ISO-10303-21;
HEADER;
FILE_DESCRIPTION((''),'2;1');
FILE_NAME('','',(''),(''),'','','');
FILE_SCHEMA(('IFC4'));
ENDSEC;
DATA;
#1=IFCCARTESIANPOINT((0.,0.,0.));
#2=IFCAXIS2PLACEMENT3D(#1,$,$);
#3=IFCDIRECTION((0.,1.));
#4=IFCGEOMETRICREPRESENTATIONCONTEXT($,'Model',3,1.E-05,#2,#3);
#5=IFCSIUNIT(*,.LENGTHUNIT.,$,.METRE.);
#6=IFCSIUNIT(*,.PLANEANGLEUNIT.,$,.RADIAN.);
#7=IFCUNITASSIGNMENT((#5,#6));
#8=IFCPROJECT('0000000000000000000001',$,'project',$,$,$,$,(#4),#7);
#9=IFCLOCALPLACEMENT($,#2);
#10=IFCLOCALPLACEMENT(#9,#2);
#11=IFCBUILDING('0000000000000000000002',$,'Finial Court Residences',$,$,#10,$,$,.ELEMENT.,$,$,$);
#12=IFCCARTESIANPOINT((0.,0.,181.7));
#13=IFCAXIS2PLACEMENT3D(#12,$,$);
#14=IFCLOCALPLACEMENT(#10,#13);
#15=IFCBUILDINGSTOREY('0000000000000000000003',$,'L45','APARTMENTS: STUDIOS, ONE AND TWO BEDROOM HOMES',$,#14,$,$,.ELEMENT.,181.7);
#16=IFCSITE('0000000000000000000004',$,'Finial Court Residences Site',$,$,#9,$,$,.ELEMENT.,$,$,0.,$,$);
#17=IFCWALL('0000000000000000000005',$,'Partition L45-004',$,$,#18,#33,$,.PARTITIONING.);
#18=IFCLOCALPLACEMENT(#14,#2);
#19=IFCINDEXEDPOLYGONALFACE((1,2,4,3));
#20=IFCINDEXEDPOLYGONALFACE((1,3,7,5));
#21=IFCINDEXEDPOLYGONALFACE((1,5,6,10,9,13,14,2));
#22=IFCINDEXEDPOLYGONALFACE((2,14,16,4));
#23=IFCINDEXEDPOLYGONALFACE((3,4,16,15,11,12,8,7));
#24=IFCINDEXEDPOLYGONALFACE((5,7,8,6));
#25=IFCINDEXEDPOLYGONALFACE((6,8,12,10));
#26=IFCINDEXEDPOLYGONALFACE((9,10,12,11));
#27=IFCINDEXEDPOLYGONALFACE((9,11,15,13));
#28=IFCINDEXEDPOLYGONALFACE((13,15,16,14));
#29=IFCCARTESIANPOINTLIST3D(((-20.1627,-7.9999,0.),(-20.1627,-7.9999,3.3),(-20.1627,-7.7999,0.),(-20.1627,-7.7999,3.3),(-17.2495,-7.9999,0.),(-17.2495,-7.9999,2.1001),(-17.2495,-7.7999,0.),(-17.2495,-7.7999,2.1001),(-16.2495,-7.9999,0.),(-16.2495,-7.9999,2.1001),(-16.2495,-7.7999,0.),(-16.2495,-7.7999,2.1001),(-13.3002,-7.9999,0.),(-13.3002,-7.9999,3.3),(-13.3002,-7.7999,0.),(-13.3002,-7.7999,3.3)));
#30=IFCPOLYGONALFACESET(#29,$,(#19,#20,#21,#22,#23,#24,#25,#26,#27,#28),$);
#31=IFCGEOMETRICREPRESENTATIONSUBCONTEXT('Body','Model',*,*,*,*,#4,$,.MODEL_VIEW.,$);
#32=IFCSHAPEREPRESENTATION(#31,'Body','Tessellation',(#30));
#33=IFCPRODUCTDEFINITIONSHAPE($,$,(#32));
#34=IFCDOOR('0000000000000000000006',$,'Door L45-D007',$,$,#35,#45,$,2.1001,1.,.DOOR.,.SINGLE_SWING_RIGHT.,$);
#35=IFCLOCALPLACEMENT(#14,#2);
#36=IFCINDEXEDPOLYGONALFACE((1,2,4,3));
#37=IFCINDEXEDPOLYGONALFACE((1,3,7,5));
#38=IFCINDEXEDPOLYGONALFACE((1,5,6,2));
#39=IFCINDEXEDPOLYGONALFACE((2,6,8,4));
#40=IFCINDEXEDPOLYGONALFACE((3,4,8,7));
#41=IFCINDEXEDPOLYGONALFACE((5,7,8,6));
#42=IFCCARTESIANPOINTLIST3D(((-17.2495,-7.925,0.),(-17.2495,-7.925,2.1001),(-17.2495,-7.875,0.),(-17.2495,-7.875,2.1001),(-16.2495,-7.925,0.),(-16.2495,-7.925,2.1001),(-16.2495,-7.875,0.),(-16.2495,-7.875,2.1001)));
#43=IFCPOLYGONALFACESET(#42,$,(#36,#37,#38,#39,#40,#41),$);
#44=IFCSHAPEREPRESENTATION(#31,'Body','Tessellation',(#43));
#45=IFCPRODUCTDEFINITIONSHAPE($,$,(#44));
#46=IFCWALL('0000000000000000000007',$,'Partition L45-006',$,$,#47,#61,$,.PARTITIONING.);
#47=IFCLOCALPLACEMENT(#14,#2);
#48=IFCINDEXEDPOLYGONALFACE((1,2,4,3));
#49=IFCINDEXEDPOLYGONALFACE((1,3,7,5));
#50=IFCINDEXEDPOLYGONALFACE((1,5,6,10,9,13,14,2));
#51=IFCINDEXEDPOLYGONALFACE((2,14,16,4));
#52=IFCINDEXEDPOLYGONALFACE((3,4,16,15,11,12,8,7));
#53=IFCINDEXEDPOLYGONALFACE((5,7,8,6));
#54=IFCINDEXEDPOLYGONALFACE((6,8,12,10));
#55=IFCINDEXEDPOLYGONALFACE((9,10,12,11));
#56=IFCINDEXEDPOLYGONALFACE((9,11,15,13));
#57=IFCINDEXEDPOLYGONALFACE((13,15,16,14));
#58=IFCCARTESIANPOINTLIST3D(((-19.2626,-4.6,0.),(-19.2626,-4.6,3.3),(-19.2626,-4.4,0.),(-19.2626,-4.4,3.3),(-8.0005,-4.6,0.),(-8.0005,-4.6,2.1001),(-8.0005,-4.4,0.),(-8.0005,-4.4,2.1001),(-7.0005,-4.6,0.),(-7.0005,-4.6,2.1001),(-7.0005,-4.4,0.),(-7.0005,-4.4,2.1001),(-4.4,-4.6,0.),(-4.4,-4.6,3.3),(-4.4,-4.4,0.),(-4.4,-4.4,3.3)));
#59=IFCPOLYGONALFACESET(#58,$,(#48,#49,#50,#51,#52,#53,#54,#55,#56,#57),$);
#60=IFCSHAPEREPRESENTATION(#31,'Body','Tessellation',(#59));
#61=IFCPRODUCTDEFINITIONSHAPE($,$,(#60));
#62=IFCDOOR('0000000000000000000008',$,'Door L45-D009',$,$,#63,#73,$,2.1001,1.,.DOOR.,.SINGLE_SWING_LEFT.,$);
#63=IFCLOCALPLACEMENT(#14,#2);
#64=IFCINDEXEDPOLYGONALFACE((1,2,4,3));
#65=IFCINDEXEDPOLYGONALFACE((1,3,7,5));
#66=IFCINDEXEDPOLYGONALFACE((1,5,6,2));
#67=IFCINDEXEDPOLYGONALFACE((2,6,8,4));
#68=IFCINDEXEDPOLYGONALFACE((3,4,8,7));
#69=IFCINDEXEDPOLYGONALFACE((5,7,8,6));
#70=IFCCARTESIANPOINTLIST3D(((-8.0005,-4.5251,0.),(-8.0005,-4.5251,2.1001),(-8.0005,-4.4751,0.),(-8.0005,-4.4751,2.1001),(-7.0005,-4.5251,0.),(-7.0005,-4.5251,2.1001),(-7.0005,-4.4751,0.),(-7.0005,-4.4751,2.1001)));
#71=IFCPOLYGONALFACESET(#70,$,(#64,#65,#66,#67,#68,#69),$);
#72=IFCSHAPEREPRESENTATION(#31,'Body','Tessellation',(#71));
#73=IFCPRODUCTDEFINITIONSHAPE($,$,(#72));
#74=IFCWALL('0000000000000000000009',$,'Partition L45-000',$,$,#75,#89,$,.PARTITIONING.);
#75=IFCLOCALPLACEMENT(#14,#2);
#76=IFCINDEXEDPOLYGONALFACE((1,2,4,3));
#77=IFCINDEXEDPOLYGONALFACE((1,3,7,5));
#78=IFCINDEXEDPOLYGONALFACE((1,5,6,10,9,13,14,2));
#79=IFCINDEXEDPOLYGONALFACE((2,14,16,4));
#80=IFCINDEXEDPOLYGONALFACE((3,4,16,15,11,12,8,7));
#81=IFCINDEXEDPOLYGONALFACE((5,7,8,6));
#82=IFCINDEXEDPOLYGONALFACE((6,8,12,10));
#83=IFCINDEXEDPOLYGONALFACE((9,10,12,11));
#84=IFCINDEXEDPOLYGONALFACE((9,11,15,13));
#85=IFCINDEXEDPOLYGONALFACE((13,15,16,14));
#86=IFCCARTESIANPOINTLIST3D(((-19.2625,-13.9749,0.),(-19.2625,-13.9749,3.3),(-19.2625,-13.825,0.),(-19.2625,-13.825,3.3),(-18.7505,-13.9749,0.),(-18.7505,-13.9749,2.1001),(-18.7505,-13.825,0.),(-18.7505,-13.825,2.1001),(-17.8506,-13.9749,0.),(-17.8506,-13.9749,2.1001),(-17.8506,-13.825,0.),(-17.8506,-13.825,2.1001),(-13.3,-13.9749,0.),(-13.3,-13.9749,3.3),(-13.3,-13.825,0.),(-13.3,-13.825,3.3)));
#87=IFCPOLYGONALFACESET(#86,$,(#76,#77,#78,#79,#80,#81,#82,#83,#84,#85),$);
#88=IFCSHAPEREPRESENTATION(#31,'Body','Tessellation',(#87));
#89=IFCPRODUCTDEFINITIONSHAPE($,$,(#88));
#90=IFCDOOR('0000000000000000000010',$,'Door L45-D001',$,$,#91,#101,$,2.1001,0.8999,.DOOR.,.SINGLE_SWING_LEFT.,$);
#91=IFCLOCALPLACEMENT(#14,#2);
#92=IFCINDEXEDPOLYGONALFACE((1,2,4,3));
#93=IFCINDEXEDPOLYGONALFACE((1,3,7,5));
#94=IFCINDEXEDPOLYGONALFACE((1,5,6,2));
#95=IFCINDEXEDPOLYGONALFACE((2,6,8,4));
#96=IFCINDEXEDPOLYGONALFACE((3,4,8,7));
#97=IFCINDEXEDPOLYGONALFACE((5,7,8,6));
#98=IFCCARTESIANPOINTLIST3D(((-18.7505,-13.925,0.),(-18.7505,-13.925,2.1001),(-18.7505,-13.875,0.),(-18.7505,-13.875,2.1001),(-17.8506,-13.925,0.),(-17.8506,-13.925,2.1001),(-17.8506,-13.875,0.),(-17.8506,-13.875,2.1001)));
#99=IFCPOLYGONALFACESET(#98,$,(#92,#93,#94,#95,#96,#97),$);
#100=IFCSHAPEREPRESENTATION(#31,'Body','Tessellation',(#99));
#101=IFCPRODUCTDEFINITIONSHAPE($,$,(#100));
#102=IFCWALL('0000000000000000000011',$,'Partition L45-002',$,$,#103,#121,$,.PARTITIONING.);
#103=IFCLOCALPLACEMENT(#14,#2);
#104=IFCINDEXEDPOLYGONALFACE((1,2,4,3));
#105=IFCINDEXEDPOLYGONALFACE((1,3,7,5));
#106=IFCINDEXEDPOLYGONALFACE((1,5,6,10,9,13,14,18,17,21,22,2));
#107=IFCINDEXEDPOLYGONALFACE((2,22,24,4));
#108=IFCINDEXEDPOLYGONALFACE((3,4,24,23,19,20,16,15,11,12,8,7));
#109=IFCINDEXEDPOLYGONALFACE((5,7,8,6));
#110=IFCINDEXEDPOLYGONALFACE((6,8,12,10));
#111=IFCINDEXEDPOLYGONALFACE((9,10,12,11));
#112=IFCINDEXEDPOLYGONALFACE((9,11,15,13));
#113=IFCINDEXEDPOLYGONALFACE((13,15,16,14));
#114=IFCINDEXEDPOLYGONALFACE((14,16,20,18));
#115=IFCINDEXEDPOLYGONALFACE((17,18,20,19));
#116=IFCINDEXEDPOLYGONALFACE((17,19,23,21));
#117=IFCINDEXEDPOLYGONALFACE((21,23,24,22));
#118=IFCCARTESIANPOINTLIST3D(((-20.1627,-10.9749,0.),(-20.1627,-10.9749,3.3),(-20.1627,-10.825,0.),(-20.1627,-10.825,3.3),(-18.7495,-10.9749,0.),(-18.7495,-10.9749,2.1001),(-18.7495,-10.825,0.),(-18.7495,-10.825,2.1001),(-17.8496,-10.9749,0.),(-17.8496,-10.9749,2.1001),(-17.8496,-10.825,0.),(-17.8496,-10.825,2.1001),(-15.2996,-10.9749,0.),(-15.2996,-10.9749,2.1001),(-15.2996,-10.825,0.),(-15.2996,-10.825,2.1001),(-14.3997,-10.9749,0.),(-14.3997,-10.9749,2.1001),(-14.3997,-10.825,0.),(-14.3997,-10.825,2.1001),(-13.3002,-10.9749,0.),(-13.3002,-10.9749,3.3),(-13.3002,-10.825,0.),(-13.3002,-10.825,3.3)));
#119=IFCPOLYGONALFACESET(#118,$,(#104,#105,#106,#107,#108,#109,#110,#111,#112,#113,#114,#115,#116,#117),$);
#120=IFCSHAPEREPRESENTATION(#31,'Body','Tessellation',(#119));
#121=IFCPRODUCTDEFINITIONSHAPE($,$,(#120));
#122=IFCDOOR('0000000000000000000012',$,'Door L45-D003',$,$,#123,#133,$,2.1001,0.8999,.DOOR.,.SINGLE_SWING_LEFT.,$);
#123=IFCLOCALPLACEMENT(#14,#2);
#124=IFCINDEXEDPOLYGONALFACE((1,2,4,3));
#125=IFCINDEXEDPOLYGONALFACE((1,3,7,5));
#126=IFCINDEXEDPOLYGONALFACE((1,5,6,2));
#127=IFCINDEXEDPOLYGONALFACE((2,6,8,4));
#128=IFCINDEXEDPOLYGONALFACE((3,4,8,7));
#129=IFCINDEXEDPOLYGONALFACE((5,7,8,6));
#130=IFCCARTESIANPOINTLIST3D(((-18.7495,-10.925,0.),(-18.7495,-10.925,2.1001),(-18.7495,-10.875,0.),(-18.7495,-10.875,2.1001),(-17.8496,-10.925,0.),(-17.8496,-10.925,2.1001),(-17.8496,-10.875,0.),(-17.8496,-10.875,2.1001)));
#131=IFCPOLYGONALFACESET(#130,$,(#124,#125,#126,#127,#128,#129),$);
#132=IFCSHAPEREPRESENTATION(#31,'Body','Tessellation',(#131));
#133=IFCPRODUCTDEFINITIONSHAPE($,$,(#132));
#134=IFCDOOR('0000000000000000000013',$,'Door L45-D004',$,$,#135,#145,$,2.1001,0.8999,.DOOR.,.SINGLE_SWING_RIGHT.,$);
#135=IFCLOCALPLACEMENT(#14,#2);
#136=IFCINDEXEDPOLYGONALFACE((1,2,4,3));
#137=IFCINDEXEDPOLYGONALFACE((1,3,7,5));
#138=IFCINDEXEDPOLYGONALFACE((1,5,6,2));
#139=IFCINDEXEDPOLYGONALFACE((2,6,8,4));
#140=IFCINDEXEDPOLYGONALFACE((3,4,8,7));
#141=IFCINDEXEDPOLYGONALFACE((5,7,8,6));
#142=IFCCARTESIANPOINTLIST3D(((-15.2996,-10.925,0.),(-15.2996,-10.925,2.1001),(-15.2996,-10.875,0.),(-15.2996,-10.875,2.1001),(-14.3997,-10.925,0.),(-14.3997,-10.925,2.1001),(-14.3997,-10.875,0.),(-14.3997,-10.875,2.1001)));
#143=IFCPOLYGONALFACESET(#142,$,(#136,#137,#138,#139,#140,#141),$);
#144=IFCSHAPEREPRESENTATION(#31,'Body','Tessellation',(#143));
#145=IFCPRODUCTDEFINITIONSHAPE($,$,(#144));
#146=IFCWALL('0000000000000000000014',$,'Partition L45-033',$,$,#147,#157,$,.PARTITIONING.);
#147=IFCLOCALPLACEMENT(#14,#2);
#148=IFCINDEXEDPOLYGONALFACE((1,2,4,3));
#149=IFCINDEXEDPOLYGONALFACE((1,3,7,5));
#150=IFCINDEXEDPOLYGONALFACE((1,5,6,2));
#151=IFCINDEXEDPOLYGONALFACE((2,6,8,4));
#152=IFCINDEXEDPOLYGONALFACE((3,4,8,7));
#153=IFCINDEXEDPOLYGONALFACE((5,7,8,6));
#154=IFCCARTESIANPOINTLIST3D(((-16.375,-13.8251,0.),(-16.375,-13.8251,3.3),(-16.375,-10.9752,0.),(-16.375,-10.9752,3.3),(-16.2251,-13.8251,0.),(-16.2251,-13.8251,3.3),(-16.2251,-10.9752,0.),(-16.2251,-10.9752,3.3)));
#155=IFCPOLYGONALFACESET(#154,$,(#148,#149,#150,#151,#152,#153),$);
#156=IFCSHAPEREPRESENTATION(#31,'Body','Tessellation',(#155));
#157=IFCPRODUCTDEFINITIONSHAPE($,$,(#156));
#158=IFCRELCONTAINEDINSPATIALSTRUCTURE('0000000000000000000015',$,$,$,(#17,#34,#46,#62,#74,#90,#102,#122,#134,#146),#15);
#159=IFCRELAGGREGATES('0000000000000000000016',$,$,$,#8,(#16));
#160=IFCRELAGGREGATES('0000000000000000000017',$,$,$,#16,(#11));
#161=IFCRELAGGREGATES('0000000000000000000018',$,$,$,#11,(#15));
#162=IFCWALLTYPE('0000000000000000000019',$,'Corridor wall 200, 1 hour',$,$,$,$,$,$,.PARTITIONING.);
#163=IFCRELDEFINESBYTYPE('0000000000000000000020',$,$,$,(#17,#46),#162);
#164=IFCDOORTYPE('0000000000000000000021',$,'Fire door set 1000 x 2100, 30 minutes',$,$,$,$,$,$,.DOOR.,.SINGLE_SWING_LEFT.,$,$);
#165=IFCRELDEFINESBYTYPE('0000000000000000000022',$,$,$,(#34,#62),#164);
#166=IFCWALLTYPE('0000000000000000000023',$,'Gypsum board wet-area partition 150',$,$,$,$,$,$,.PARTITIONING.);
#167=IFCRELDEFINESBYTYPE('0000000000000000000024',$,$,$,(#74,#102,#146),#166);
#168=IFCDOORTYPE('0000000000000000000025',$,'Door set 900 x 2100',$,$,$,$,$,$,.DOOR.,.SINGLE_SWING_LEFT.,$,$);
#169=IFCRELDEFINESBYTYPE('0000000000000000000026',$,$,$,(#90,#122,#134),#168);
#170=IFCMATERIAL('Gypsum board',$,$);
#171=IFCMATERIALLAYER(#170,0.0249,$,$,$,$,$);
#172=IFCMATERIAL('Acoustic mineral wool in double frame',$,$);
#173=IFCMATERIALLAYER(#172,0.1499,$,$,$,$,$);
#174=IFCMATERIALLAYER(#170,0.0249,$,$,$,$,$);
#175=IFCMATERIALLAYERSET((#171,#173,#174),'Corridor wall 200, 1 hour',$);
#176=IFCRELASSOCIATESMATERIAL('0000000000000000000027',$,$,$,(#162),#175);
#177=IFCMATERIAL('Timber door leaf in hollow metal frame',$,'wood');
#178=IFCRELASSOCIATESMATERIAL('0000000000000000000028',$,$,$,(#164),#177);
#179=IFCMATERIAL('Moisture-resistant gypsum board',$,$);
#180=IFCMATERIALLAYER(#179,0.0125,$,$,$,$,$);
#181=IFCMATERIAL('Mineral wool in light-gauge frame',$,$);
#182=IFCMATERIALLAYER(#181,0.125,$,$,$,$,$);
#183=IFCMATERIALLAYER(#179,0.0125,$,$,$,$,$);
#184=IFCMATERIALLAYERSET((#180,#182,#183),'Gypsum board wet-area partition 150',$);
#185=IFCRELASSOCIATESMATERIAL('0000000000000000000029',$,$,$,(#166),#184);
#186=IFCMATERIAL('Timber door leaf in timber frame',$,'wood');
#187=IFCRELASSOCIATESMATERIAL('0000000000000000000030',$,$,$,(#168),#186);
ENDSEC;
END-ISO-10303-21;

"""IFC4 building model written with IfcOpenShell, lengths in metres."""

from ifc_helpers import new_model, si_unit, direction, frame, frame_2d, origin, place, context, subcontext, project, spatial, rectangle, extrude, material, layer, layer_set, type_object, element, fill, save


model = new_model("IFC4")

# Units and contexts
model_context = context("Model", 3, precision=1e-05, world=origin(), true_north=direction((0.0, 1.0)))
body_context = subcontext(model_context, "Body", "Model", "MODEL_VIEW")
ifc_project = project(units=[si_unit("LENGTHUNIT", "METRE"), si_unit("PLANEANGLEUNIT", "RADIAN")], contexts=[model_context])

# Site, building, storey
site_placement = place(None, origin())
site = spatial("IfcSite", under=ifc_project, at=site_placement, Name="Finial Court Residences Site", CompositionType="ELEMENT", RefElevation=0.0)
building_placement = place(site_placement, origin())
building = spatial("IfcBuilding", under=site, at=building_placement, Name="Finial Court Residences", CompositionType="ELEMENT")
storey_placement = place(building_placement, frame((0.0, 0.0, 181.7)))
storey = spatial("IfcBuildingStorey", under=building, at=storey_placement, Name="L45", Description="APARTMENTS: STUDIOS, ONE AND TWO BEDROOM HOMES", CompositionType="ELEMENT", Elevation=181.7)

# Walls, openings, doors
ifc_material_1 = material(Name="Gypsum board")
ifc_layer_1 = layer(ifc_material_1, 0.0249)
ifc_material_2 = material(Name="Acoustic mineral wool in double frame")
ifc_layer_2 = layer(ifc_material_2, 0.1499)
ifc_layer_3 = layer(ifc_material_1, 0.0249)
ifc_layer_set_1 = layer_set([ifc_layer_1, ifc_layer_2, ifc_layer_3], Name="Corridor wall 200, 1 hour")
wall_type_1 = type_object("IfcWallType", Name="Corridor wall 200, 1 hour", PredefinedType="PARTITIONING", material=ifc_layer_set_1)
wall_1_placement = place(storey_placement, frame((-20.1626, -7.8999, 0.0), z_axis=(0.0, 0.0, 1.0), x_axis=(1.0, 0.0, 0.0)))
wall_1 = element("IfcWall", 1, at=wall_1_placement, inside=storey, type_object=wall_type_1, Name="Partition L45-004", PredefinedType="PARTITIONING", context=body_context, shape_type="SweptSolid", body=[
    extrude(rectangle(XDim=6.8625, YDim=0.2, at=frame_2d((3.4312, 0.0))), origin(), (0.0, 0.0, 1.0), 3.3),
])
opening_1_placement = place(wall_1_placement, frame((2.9131, 0.0, 0.0)))
opening_1 = element("IfcOpeningElement", 2, at=opening_1_placement, cuts=wall_1, PredefinedType="OPENING", context=body_context, shape_type="SweptSolid", body=[
    extrude(rectangle(XDim=1.0, YDim=2.1001, at=frame_2d((0.5, 1.05))), frame((0.0, 0.1099, 0.0), z_axis=(0.0, -1.0, 0.0), x_axis=(1.0, 0.0, 0.0)), (0.0, 0.0, 1.0), 0.22),
])
ifc_material_3 = material(Name="Timber door leaf in hollow metal frame", Category="wood")
door_type_1 = type_object("IfcDoorType", Name="Fire door set 1000 x 2100, 30 minutes", OperationType="SINGLE_SWING_LEFT", PredefinedType="DOOR", material=ifc_material_3)
door_1_placement = place(opening_1_placement, origin())
door_1 = element("IfcDoor", 3, at=door_1_placement, inside=storey, type_object=door_type_1, Name="Door L45-D007", OperationType="SINGLE_SWING_RIGHT", OverallHeight=2.1001, OverallWidth=1.0, PredefinedType="DOOR", context=body_context, shape_type="SweptSolid", body=[
    extrude(rectangle(XDim=1.0, YDim=2.1001, at=frame_2d((0.5, 1.05))), frame((0.0, 0.0249, 0.0), z_axis=(0.0, -1.0, 0.0), x_axis=(1.0, 0.0, 0.0)), (0.0, 0.0, 1.0), 0.05),
])
fill(opening_1, door_1)
wall_2_placement = place(storey_placement, frame((-19.2625, -4.5, 0.0), z_axis=(0.0, 0.0, 1.0), x_axis=(1.0, 0.0, 0.0)))
wall_2 = element("IfcWall", 4, at=wall_2_placement, inside=storey, type_object=wall_type_1, Name="Partition L45-006", PredefinedType="PARTITIONING", context=body_context, shape_type="SweptSolid", body=[
    extrude(rectangle(XDim=14.8625, YDim=0.2, at=frame_2d((7.4312, 0.0))), origin(), (0.0, 0.0, 1.0), 3.3),
])
opening_2_placement = place(wall_2_placement, frame((11.262, 0.0, 0.0)))
opening_2 = element("IfcOpeningElement", 5, at=opening_2_placement, cuts=wall_2, PredefinedType="OPENING", context=body_context, shape_type="SweptSolid", body=[
    extrude(rectangle(XDim=1.0, YDim=2.1001, at=frame_2d((0.5, 1.05))), frame((0.0, 0.1099, 0.0), z_axis=(0.0, -1.0, 0.0), x_axis=(1.0, 0.0, 0.0)), (0.0, 0.0, 1.0), 0.22),
])
door_2_placement = place(opening_2_placement, origin())
door_2 = element("IfcDoor", 6, at=door_2_placement, inside=storey, type_object=door_type_1, Name="Door L45-D009", OperationType="SINGLE_SWING_LEFT", OverallHeight=2.1001, OverallWidth=1.0, PredefinedType="DOOR", context=body_context, shape_type="SweptSolid", body=[
    extrude(rectangle(XDim=1.0, YDim=2.1001, at=frame_2d((0.5, 1.05))), frame((0.0, 0.0249, 0.0), z_axis=(0.0, -1.0, 0.0), x_axis=(1.0, 0.0, 0.0)), (0.0, 0.0, 1.0), 0.05),
])
fill(opening_2, door_2)
ifc_material_4 = material(Name="Moisture-resistant gypsum board")
ifc_layer_4 = layer(ifc_material_4, 0.0125)
ifc_material_5 = material(Name="Mineral wool in light-gauge frame")
ifc_layer_5 = layer(ifc_material_5, 0.125)
ifc_layer_6 = layer(ifc_material_4, 0.0125)
ifc_layer_set_2 = layer_set([ifc_layer_4, ifc_layer_5, ifc_layer_6], Name="Gypsum board wet-area partition 150")
wall_type_2 = type_object("IfcWallType", Name="Gypsum board wet-area partition 150", PredefinedType="PARTITIONING", material=ifc_layer_set_2)
wall_3_placement = place(storey_placement, frame((-19.2625, -13.8999, 0.0), z_axis=(0.0, 0.0, 1.0), x_axis=(1.0, 0.0, 0.0)))
wall_3 = element("IfcWall", 7, at=wall_3_placement, inside=storey, type_object=wall_type_2, Name="Partition L45-000", PredefinedType="PARTITIONING", context=body_context, shape_type="SweptSolid", body=[
    extrude(rectangle(XDim=5.9624, YDim=0.1499, at=frame_2d((2.9812, 0.0))), origin(), (0.0, 0.0, 1.0), 3.3),
])
opening_3_placement = place(wall_3_placement, frame((0.512, 0.0, 0.0)))
opening_3 = element("IfcOpeningElement", 8, at=opening_3_placement, cuts=wall_3, PredefinedType="OPENING", context=body_context, shape_type="SweptSolid", body=[
    extrude(rectangle(XDim=0.8999, YDim=2.1001, at=frame_2d((0.45, 1.05))), frame((0.0, 0.085, 0.0), z_axis=(0.0, -1.0, 0.0), x_axis=(1.0, 0.0, 0.0)), (0.0, 0.0, 1.0), 0.1699),
])
ifc_material_6 = material(Name="Timber door leaf in timber frame", Category="wood")
door_type_2 = type_object("IfcDoorType", Name="Door set 900 x 2100", OperationType="SINGLE_SWING_LEFT", PredefinedType="DOOR", material=ifc_material_6)
door_3_placement = place(opening_3_placement, origin())
door_3 = element("IfcDoor", 9, at=door_3_placement, inside=storey, type_object=door_type_2, Name="Door L45-D001", OperationType="SINGLE_SWING_LEFT", OverallHeight=2.1001, OverallWidth=0.8999, PredefinedType="DOOR", context=body_context, shape_type="SweptSolid", body=[
    extrude(rectangle(XDim=0.8999, YDim=2.1001, at=frame_2d((0.45, 1.05))), frame((0.0, 0.0249, 0.0), z_axis=(0.0, -1.0, 0.0), x_axis=(1.0, 0.0, 0.0)), (0.0, 0.0, 1.0), 0.05),
])
fill(opening_3, door_3)

# Wall, openings, doors
wall_4_placement = place(storey_placement, frame((-20.1626, -10.8999, 0.0), z_axis=(0.0, 0.0, 1.0), x_axis=(1.0, 0.0, 0.0)))
wall_4 = element("IfcWall", 10, at=wall_4_placement, inside=storey, type_object=wall_type_2, Name="Partition L45-002", PredefinedType="PARTITIONING", context=body_context, shape_type="SweptSolid", body=[
    extrude(rectangle(XDim=6.8625, YDim=0.1499, at=frame_2d((3.4312, 0.0))), origin(), (0.0, 0.0, 1.0), 3.3),
])
opening_4_placement = place(wall_4_placement, frame((1.4131, 0.0, 0.0)))
opening_4 = element("IfcOpeningElement", 11, at=opening_4_placement, cuts=wall_4, PredefinedType="OPENING", context=body_context, shape_type="SweptSolid", body=[
    extrude(rectangle(XDim=0.8999, YDim=2.1001, at=frame_2d((0.45, 1.05))), frame((0.0, 0.085, 0.0), z_axis=(0.0, -1.0, 0.0), x_axis=(1.0, 0.0, 0.0)), (0.0, 0.0, 1.0), 0.1699),
])
opening_5_placement = place(wall_4_placement, frame((4.863, 0.0, 0.0)))
opening_5 = element("IfcOpeningElement", 12, at=opening_5_placement, cuts=wall_4, PredefinedType="OPENING", context=body_context, shape_type="SweptSolid", body=[
    extrude(rectangle(XDim=0.8999, YDim=2.1001, at=frame_2d((0.45, 1.05))), frame((0.0, 0.085, 0.0), z_axis=(0.0, -1.0, 0.0), x_axis=(1.0, 0.0, 0.0)), (0.0, 0.0, 1.0), 0.1699),
])
door_4_placement = place(opening_4_placement, origin())
door_4 = element("IfcDoor", 13, at=door_4_placement, inside=storey, type_object=door_type_2, Name="Door L45-D003", OperationType="SINGLE_SWING_LEFT", OverallHeight=2.1001, OverallWidth=0.8999, PredefinedType="DOOR", context=body_context, shape_type="SweptSolid", body=[
    extrude(rectangle(XDim=0.8999, YDim=2.1001, at=frame_2d((0.45, 1.05))), frame((0.0, 0.0249, 0.0), z_axis=(0.0, -1.0, 0.0), x_axis=(1.0, 0.0, 0.0)), (0.0, 0.0, 1.0), 0.05),
])
fill(opening_4, door_4)
door_5_placement = place(opening_5_placement, origin())
door_5 = element("IfcDoor", 14, at=door_5_placement, inside=storey, type_object=door_type_2, Name="Door L45-D004", OperationType="SINGLE_SWING_RIGHT", OverallHeight=2.1001, OverallWidth=0.8999, PredefinedType="DOOR", context=body_context, shape_type="SweptSolid", body=[
    extrude(rectangle(XDim=0.8999, YDim=2.1001, at=frame_2d((0.45, 1.05))), frame((0.0, 0.0249, 0.0), z_axis=(0.0, -1.0, 0.0), x_axis=(1.0, 0.0, 0.0)), (0.0, 0.0, 1.0), 0.05),
])
fill(opening_5, door_5)

# Wall
wall_5_placement = place(storey_placement, frame((-16.3, -13.825, 0.0), z_axis=(0.0, 0.0, 1.0), x_axis=(0.0, 1.0, 0.0)))
element("IfcWall", 15, at=wall_5_placement, inside=storey, type_object=wall_type_2, Name="Partition L45-033", PredefinedType="PARTITIONING", context=body_context, shape_type="SweptSolid", body=[
    extrude(rectangle(XDim=2.8499, YDim=0.1499, at=frame_2d((1.4248, 0.0))), origin(), (0.0, 0.0, 1.0), 3.3),
])

save(model, "model.ifc")
